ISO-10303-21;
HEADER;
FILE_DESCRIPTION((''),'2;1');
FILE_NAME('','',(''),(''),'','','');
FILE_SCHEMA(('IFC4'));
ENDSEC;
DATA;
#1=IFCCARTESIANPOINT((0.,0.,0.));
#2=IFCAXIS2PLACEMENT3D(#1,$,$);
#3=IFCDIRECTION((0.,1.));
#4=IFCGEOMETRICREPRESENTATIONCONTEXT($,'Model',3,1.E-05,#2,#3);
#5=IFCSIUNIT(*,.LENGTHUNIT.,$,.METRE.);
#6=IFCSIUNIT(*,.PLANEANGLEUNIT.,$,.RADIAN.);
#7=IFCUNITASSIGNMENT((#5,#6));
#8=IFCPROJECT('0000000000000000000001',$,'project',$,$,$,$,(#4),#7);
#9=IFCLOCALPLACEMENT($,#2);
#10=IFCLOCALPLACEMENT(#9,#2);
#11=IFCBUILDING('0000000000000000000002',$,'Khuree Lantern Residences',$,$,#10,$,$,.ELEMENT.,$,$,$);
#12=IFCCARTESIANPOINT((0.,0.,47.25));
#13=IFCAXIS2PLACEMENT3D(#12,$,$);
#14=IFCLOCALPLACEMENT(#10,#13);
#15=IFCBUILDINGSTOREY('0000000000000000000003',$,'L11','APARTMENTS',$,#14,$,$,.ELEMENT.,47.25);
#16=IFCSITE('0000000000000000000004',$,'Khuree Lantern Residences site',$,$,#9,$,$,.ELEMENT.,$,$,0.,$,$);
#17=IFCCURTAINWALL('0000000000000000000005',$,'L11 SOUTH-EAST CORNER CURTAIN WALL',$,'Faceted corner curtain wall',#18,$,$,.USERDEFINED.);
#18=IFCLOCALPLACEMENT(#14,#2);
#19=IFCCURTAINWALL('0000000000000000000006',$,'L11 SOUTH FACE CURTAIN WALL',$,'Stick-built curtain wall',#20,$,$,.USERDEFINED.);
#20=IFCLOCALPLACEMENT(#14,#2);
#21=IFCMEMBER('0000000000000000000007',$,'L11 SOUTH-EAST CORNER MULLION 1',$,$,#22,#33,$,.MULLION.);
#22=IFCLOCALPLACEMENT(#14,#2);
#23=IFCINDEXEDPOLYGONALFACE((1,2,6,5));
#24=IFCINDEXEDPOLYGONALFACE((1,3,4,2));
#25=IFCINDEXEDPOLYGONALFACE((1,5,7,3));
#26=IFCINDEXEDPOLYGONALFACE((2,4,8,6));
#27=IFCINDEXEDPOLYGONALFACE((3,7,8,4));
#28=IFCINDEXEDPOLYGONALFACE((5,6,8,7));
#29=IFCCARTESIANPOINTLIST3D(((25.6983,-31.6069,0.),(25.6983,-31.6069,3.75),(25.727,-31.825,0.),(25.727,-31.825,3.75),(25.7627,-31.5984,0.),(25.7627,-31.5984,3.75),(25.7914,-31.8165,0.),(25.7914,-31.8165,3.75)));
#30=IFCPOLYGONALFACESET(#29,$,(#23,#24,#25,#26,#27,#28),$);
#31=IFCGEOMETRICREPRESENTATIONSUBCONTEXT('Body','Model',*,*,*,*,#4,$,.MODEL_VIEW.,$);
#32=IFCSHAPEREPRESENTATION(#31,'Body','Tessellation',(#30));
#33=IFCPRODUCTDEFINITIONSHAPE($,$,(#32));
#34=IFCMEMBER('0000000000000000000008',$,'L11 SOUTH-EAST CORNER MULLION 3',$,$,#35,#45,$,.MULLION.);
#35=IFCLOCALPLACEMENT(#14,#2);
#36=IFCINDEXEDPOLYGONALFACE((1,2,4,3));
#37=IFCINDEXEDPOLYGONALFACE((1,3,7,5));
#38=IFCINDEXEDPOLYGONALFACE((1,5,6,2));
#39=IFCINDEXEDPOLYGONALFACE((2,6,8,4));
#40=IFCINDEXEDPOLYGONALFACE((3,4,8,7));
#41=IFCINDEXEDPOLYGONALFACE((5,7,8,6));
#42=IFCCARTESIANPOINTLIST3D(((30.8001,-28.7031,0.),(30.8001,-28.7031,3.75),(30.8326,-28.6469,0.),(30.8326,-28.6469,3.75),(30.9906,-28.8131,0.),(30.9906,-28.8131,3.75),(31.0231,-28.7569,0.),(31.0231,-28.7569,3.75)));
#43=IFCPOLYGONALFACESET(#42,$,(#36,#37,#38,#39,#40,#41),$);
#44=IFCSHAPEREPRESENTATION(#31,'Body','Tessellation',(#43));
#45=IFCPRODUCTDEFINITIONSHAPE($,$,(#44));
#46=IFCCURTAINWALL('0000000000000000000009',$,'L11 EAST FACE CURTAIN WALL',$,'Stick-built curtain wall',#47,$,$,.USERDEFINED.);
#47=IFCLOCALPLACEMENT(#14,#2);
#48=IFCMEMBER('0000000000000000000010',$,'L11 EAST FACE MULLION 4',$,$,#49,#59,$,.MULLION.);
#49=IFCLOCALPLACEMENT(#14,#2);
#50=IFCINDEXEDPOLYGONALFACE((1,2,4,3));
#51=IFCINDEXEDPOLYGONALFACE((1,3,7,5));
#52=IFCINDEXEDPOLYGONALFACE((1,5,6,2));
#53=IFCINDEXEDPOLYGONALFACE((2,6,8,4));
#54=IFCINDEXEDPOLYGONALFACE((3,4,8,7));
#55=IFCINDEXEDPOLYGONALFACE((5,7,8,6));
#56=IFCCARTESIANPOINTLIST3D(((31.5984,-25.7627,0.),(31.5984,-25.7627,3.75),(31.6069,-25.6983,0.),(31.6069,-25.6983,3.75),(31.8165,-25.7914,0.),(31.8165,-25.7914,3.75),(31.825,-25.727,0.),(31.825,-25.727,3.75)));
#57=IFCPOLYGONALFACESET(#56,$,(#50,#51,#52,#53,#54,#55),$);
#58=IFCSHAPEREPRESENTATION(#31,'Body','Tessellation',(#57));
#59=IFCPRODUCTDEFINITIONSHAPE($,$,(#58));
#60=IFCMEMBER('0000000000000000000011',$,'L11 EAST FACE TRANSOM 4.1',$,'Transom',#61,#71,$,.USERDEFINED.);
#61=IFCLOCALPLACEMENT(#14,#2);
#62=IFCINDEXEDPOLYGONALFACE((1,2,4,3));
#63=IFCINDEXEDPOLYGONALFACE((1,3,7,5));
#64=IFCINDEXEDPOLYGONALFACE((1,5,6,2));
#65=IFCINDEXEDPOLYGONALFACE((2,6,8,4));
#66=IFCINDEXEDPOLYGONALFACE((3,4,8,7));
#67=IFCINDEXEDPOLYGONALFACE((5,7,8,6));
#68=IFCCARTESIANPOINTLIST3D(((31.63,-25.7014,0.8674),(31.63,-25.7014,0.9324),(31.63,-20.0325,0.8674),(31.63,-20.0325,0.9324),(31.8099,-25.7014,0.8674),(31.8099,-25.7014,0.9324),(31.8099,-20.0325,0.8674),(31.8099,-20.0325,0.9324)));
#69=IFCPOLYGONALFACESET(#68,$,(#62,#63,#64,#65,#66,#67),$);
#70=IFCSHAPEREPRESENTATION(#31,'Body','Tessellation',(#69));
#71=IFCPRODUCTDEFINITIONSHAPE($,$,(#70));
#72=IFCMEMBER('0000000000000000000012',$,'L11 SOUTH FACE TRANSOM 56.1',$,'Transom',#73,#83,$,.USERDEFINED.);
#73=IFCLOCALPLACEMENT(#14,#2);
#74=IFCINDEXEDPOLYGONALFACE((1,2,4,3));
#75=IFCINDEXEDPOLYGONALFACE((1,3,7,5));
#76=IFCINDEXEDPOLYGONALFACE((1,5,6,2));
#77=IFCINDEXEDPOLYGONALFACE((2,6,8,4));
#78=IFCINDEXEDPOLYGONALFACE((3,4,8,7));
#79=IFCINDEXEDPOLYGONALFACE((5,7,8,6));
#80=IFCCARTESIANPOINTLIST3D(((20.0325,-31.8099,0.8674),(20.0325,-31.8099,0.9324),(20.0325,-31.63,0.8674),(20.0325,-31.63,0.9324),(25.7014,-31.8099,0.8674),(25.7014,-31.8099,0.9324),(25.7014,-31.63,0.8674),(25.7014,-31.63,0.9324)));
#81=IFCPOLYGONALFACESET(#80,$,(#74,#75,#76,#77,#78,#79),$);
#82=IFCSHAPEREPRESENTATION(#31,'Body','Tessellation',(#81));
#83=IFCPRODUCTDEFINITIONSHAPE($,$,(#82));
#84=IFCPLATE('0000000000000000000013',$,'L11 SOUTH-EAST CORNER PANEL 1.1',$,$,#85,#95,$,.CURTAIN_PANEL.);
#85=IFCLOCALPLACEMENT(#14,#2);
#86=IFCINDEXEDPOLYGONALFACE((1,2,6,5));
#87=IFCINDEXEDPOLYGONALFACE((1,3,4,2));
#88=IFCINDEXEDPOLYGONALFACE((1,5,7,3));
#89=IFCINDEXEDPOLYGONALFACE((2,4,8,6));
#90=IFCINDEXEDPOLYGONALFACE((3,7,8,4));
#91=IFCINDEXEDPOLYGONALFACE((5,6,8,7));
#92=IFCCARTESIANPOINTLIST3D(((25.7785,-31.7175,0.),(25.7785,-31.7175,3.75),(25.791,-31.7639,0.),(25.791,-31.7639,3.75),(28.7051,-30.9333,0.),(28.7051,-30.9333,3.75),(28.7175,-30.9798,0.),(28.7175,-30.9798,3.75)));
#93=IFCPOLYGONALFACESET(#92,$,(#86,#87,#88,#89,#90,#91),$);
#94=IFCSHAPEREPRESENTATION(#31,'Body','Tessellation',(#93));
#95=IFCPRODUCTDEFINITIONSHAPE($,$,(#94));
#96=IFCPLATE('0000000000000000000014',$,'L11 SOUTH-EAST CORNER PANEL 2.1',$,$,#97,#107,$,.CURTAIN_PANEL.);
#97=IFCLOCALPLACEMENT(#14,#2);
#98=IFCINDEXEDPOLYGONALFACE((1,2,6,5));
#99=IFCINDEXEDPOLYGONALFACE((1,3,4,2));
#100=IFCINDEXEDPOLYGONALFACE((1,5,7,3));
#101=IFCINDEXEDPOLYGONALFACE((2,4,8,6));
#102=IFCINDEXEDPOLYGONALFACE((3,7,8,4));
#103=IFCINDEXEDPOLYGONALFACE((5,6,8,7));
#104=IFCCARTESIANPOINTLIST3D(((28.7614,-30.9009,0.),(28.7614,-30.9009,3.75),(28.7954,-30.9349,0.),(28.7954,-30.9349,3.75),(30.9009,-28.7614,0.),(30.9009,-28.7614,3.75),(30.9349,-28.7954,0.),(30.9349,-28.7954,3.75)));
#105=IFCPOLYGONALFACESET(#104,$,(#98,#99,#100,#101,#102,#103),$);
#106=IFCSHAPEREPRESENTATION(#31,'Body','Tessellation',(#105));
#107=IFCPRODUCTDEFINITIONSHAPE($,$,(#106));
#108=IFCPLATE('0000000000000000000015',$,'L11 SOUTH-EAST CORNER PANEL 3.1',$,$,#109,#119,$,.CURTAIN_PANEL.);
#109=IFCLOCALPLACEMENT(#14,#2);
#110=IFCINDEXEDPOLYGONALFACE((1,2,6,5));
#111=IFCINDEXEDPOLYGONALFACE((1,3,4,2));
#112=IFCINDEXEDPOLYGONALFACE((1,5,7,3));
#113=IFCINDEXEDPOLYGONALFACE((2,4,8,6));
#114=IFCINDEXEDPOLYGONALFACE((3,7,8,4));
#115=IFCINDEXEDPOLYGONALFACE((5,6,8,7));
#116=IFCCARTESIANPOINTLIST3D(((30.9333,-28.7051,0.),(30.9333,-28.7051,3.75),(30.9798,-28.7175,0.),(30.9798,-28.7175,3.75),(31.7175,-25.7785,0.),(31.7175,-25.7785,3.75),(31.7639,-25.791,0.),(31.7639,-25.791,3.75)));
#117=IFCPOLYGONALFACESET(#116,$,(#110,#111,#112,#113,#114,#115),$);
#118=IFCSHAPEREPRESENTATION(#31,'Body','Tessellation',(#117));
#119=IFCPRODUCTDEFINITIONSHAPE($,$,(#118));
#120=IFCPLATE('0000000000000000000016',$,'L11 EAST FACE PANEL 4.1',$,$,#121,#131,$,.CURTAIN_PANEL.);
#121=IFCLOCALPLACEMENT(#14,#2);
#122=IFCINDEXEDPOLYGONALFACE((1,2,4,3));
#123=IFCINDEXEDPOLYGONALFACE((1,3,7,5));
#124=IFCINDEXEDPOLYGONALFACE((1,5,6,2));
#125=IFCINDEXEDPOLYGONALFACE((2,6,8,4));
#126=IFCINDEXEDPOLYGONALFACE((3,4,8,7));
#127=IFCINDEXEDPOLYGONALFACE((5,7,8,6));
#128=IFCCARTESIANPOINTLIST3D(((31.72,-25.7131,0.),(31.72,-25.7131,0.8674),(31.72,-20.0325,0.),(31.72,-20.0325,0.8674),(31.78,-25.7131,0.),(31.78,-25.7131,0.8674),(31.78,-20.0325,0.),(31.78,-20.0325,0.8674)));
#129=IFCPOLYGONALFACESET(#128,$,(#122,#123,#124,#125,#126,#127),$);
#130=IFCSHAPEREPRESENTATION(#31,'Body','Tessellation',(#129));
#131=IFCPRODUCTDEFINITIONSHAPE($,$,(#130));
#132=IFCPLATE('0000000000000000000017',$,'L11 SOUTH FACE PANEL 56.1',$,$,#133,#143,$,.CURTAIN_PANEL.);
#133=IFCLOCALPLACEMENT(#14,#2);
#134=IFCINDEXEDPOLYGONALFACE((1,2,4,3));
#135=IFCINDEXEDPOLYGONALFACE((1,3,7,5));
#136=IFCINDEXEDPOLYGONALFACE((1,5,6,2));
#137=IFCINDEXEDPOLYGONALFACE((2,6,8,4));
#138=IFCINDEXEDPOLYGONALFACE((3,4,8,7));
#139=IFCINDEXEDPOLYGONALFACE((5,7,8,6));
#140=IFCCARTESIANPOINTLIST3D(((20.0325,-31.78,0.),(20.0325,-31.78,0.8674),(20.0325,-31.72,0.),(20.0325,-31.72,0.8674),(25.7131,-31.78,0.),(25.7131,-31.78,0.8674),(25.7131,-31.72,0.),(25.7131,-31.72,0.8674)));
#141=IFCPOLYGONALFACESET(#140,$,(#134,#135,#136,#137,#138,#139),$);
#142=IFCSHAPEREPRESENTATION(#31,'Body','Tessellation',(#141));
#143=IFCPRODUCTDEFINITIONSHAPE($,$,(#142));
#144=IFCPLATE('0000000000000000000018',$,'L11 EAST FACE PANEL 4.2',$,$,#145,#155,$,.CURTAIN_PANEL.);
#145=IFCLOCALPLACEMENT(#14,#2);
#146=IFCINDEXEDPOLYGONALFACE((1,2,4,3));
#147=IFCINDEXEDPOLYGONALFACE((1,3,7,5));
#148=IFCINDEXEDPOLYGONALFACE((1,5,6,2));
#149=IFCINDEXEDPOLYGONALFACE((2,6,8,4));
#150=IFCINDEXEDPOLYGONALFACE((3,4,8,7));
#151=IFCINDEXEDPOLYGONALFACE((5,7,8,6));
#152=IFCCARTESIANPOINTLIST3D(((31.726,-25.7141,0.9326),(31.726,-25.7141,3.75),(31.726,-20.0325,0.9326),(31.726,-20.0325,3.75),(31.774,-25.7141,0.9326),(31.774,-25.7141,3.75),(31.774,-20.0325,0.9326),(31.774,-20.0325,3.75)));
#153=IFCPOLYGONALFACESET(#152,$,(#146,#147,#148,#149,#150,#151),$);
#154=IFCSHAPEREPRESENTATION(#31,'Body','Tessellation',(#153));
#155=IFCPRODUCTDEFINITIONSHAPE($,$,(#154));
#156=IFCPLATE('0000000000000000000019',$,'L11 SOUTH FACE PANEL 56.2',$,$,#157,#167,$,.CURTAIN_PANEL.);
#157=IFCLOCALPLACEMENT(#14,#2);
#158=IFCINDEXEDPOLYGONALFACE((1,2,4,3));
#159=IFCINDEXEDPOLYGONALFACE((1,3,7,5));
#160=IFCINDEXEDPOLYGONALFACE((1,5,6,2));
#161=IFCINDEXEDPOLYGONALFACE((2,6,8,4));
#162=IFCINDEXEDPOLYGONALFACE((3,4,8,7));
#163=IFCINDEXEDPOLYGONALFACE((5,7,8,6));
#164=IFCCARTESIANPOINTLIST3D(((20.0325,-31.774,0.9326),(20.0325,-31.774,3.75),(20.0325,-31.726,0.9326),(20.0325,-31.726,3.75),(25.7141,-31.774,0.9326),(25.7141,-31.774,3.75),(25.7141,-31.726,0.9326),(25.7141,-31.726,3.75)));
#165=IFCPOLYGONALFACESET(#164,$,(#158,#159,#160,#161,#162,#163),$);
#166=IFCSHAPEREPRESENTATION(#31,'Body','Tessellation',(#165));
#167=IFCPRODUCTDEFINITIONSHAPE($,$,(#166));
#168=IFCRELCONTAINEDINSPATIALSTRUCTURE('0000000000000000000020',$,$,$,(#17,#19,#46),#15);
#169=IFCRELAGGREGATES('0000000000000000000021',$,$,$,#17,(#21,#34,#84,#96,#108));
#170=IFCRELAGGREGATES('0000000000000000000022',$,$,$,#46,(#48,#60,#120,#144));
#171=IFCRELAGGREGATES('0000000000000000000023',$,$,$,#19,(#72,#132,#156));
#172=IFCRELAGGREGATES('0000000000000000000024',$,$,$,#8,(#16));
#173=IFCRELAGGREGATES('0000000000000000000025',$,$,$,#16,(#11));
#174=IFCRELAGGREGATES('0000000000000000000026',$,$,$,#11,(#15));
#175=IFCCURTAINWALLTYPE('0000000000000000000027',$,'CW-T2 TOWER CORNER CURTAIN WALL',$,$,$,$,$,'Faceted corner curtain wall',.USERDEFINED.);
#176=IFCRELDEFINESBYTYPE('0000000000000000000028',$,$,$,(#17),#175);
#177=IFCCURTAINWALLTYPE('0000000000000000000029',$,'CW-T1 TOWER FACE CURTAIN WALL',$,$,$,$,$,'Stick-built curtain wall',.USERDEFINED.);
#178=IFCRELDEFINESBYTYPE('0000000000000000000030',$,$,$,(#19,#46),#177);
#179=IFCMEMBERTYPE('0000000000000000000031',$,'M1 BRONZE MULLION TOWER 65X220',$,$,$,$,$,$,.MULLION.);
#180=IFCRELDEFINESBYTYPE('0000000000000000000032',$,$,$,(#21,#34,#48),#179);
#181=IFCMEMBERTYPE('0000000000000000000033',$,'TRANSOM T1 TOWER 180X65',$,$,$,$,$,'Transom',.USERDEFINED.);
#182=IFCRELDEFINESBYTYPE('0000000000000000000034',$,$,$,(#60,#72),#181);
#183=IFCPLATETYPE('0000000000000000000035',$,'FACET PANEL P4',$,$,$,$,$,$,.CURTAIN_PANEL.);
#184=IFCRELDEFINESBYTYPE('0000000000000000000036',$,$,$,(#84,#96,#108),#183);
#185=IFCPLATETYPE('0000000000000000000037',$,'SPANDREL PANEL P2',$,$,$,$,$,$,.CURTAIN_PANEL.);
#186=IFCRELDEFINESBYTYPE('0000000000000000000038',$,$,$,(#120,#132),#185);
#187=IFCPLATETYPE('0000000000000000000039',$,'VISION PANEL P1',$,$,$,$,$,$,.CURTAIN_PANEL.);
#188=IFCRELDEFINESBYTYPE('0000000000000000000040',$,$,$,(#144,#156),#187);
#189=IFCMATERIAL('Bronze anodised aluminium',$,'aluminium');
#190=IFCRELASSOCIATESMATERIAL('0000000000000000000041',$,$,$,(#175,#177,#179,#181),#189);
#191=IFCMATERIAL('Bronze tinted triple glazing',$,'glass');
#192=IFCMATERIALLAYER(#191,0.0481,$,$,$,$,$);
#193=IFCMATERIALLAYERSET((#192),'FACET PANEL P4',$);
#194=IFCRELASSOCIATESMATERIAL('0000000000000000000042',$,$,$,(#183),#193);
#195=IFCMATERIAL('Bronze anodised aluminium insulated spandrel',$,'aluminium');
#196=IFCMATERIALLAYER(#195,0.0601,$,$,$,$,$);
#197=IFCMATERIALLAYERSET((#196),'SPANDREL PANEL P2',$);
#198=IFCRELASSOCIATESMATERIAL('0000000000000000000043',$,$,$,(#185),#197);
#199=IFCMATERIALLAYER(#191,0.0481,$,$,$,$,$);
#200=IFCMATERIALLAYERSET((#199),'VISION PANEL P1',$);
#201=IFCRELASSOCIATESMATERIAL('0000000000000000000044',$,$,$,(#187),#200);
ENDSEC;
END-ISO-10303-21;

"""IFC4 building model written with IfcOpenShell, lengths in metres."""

from ifc_helpers import new_model, si_unit, direction, frame, origin, origin_2d, place, context, subcontext, project, spatial, rectangle, extrude, material, layer, layer_set, material_profile, profile_set, type_object, element, aggregate, save


model = new_model("IFC4")

# Units and contexts
model_context = context("Model", 3, precision=1e-05, world=origin(), true_north=direction((0.0, 1.0)))
body_context = subcontext(model_context, "Body", "Model", "MODEL_VIEW")
ifc_project = project(units=[si_unit("LENGTHUNIT", "METRE"), si_unit("PLANEANGLEUNIT", "RADIAN")], contexts=[model_context])

# Site, building, storey
site_placement = place(None, origin())
site = spatial("IfcSite", under=ifc_project, at=site_placement, Name="Khuree Lantern Residences site", CompositionType="ELEMENT", RefElevation=0.0)
building_placement = place(site_placement, origin())
building = spatial("IfcBuilding", under=site, at=building_placement, Name="Khuree Lantern Residences", CompositionType="ELEMENT")
storey_placement = place(building_placement, frame((0.0, 0.0, 47.25)))
storey = spatial("IfcBuildingStorey", under=building, at=storey_placement, Name="L11", Description="APARTMENTS", CompositionType="ELEMENT", Elevation=47.25)

# Curtain walls
ifc_material_1 = material(Name="Bronze anodised aluminium", Category="aluminium")
curtain_wall_type_1 = type_object("IfcCurtainWallType", Name="CW-T2 TOWER CORNER CURTAIN WALL", ElementType="Faceted corner curtain wall", PredefinedType="USERDEFINED", material=ifc_material_1)
curtain_wall_1_placement = place(storey_placement, origin())
curtain_wall_1 = element("IfcCurtainWall", 1, at=curtain_wall_1_placement, inside=storey, type_object=curtain_wall_type_1, Name="L11 SOUTH-EAST CORNER CURTAIN WALL", ObjectType="Faceted corner curtain wall", PredefinedType="USERDEFINED")
curtain_wall_type_2 = type_object("IfcCurtainWallType", Name="CW-T1 TOWER FACE CURTAIN WALL", ElementType="Stick-built curtain wall", PredefinedType="USERDEFINED", material=ifc_material_1)
curtain_wall_2_placement = place(storey_placement, origin())
curtain_wall_2 = element("IfcCurtainWall", 2, at=curtain_wall_2_placement, inside=storey, type_object=curtain_wall_type_2, Name="L11 SOUTH FACE CURTAIN WALL", ObjectType="Stick-built curtain wall", PredefinedType="USERDEFINED")

# Members
ifc_material_profile_1 = material_profile(ifc_material_1, rectangle(XDim=0.0649, YDim=0.22, at=origin_2d()), Name="M1 65X220")
ifc_profile_set_1 = profile_set([ifc_material_profile_1], Name="Bronze anodised aluminium")
member_type_1 = type_object("IfcMemberType", Name="M1 BRONZE MULLION TOWER 65X220", PredefinedType="MULLION", material=ifc_profile_set_1)
member_1_placement = place(storey_placement, frame((25.7449, -31.7117, 0.0), z_axis=(0.0, 0.0, 1.0), x_axis=(0.991445, 0.130526, 0.0)))
member_1 = element("IfcMember", 3, at=member_1_placement, type_object=member_type_1, Name="L11 SOUTH-EAST CORNER MULLION 1", PredefinedType="MULLION", context=body_context, shape_type="SweptSolid", body=[
    extrude(rectangle(XDim=0.0649, YDim=0.22, at=origin_2d()), origin(), (0.0, 0.0, 1.0), 3.75),
])
member_2_placement = place(storey_placement, frame((30.9116, -28.73, 0.0), z_axis=(0.0, 0.0, 1.0), x_axis=(0.5, 0.866025, 0.0)))
member_2 = element("IfcMember", 4, at=member_2_placement, type_object=member_type_1, Name="L11 SOUTH-EAST CORNER MULLION 3", PredefinedType="MULLION", context=body_context, shape_type="SweptSolid", body=[
    extrude(rectangle(XDim=0.0649, YDim=0.22, at=origin_2d()), origin(), (0.0, 0.0, 1.0), 3.75),
])

# Curtain wall, members
curtain_wall_3_placement = place(storey_placement, origin())
curtain_wall_3 = element("IfcCurtainWall", 5, at=curtain_wall_3_placement, inside=storey, type_object=curtain_wall_type_2, Name="L11 EAST FACE CURTAIN WALL", ObjectType="Stick-built curtain wall", PredefinedType="USERDEFINED")
member_3_placement = place(storey_placement, frame((31.7117, -25.7449, 0.0), z_axis=(0.0, 0.0, 1.0), x_axis=(0.130526, 0.991445, 0.0)))
member_3 = element("IfcMember", 6, at=member_3_placement, type_object=member_type_1, Name="L11 EAST FACE MULLION 4", PredefinedType="MULLION", context=body_context, shape_type="SweptSolid", body=[
    extrude(rectangle(XDim=0.0649, YDim=0.22, at=origin_2d()), origin(), (0.0, 0.0, 1.0), 3.75),
])
ifc_material_profile_2 = material_profile(ifc_material_1, rectangle(XDim=0.1799, YDim=0.0649, at=origin_2d()), Name="T1 180X65")
ifc_profile_set_2 = profile_set([ifc_material_profile_2], Name="Bronze anodised aluminium")
member_type_2 = type_object("IfcMemberType", Name="TRANSOM T1 TOWER 180X65", ElementType="Transom", PredefinedType="USERDEFINED", material=ifc_profile_set_2)
member_4_placement = place(storey_placement, frame((31.72, -25.7014, 0.8999), z_axis=(0.0, 1.0, 0.0), x_axis=(-1.0, 0.0, 0.0)))
member_4 = element("IfcMember", 7, at=member_4_placement, type_object=member_type_2, Name="L11 EAST FACE TRANSOM 4.1", ObjectType="Transom", PredefinedType="USERDEFINED", context=body_context, shape_type="SweptSolid", body=[
    extrude(rectangle(XDim=0.1799, YDim=0.0649, at=origin_2d()), origin(), (0.0, 0.0, 1.0), 5.6689),
])

# Member
member_5_placement = place(storey_placement, frame((20.0325, -31.72, 0.8999), z_axis=(1.0, 0.0, 0.0), x_axis=(0.0, 1.0, 0.0)))
member_5 = element("IfcMember", 8, at=member_5_placement, type_object=member_type_2, Name="L11 SOUTH FACE TRANSOM 56.1", ObjectType="Transom", PredefinedType="USERDEFINED", context=body_context, shape_type="SweptSolid", body=[
    extrude(rectangle(XDim=0.1799, YDim=0.0649, at=origin_2d()), origin(), (0.0, 0.0, 1.0), 5.6689),
])

# Plates
ifc_material_2 = material(Name="Bronze tinted triple glazing", Category="glass")
ifc_layer_1 = layer(ifc_material_2, 0.0481)
ifc_layer_set_1 = layer_set([ifc_layer_1], Name="FACET PANEL P4")
plate_type_1 = type_object("IfcPlateType", Name="FACET PANEL P4", PredefinedType="CURTAIN_PANEL", material=ifc_layer_set_1)
plate_1_placement = place(storey_placement, frame((27.248, -31.3486, 0.0), z_axis=(0.0, 0.0, 1.0), x_axis=(0.965926, 0.258819, 0.0)))
plate_1 = element("IfcPlate", 9, at=plate_1_placement, type_object=plate_type_1, Name="L11 SOUTH-EAST CORNER PANEL 1.1", PredefinedType="CURTAIN_PANEL", context=body_context, shape_type="SweptSolid", body=[
    extrude(rectangle(XDim=3.0298, YDim=0.0481, at=origin_2d()), origin(), (0.0, 0.0, 1.0), 3.75),
])
plate_2_placement = place(storey_placement, frame((29.8481, -29.8481, 0.0), z_axis=(0.0, 0.0, 1.0), x_axis=(0.707107, 0.707107, 0.0)))
plate_2 = element("IfcPlate", 10, at=plate_2_placement, type_object=plate_type_1, Name="L11 SOUTH-EAST CORNER PANEL 2.1", PredefinedType="CURTAIN_PANEL", context=body_context, shape_type="SweptSolid", body=[
    extrude(rectangle(XDim=3.0256, YDim=0.0481, at=origin_2d()), origin(), (0.0, 0.0, 1.0), 3.75),
])
plate_3_placement = place(storey_placement, frame((31.3486, -27.248, 0.0), z_axis=(0.0, 0.0, 1.0), x_axis=(0.258819, 0.965926, 0.0)))
plate_3 = element("IfcPlate", 11, at=plate_3_placement, type_object=plate_type_1, Name="L11 SOUTH-EAST CORNER PANEL 3.1", PredefinedType="CURTAIN_PANEL", context=body_context, shape_type="SweptSolid", body=[
    extrude(rectangle(XDim=3.0298, YDim=0.0481, at=origin_2d()), origin(), (0.0, 0.0, 1.0), 3.75),
])
aggregate(curtain_wall_1, [member_1, member_2, plate_1, plate_2, plate_3])
ifc_material_3 = material(Name="Bronze anodised aluminium insulated spandrel", Category="aluminium")
ifc_layer_2 = layer(ifc_material_3, 0.0601)
ifc_layer_set_2 = layer_set([ifc_layer_2], Name="SPANDREL PANEL P2")
plate_type_2 = type_object("IfcPlateType", Name="SPANDREL PANEL P2", PredefinedType="CURTAIN_PANEL", material=ifc_layer_set_2)
plate_4_placement = place(storey_placement, frame((31.75, -22.8728, 0.0), z_axis=(0.0, 0.0, 1.0), x_axis=(0.0, 1.0, 0.0)))
plate_4 = element("IfcPlate", 12, at=plate_4_placement, type_object=plate_type_2, Name="L11 EAST FACE PANEL 4.1", PredefinedType="CURTAIN_PANEL", context=body_context, shape_type="SweptSolid", body=[
    extrude(rectangle(XDim=5.6807, YDim=0.0601, at=origin_2d()), origin(), (0.0, 0.0, 1.0), 0.8674),
])
plate_5_placement = place(storey_placement, frame((22.8728, -31.75, 0.0), z_axis=(0.0, 0.0, 1.0), x_axis=(1.0, 0.0, 0.0)))
plate_5 = element("IfcPlate", 13, at=plate_5_placement, type_object=plate_type_2, Name="L11 SOUTH FACE PANEL 56.1", PredefinedType="CURTAIN_PANEL", context=body_context, shape_type="SweptSolid", body=[
    extrude(rectangle(XDim=5.6807, YDim=0.0601, at=origin_2d()), origin(), (0.0, 0.0, 1.0), 0.8674),
])
ifc_layer_3 = layer(ifc_material_2, 0.0481)
ifc_layer_set_3 = layer_set([ifc_layer_3], Name="VISION PANEL P1")
plate_type_3 = type_object("IfcPlateType", Name="VISION PANEL P1", PredefinedType="CURTAIN_PANEL", material=ifc_layer_set_3)
plate_6_placement = place(storey_placement, frame((31.75, -22.8733, 0.9326), z_axis=(0.0, 0.0, 1.0), x_axis=(0.0, 1.0, 0.0)))
plate_6 = element("IfcPlate", 14, at=plate_6_placement, type_object=plate_type_3, Name="L11 EAST FACE PANEL 4.2", PredefinedType="CURTAIN_PANEL", context=body_context, shape_type="SweptSolid", body=[
    extrude(rectangle(XDim=5.6816, YDim=0.0481, at=origin_2d()), origin(), (0.0, 0.0, 1.0), 2.8174),
])
aggregate(curtain_wall_3, [member_3, member_4, plate_4, plate_6])
plate_7_placement = place(storey_placement, frame((22.8733, -31.75, 0.9326), z_axis=(0.0, 0.0, 1.0), x_axis=(1.0, 0.0, 0.0)))
plate_7 = element("IfcPlate", 15, at=plate_7_placement, type_object=plate_type_3, Name="L11 SOUTH FACE PANEL 56.2", PredefinedType="CURTAIN_PANEL", context=body_context, shape_type="SweptSolid", body=[
    extrude(rectangle(XDim=5.6816, YDim=0.0481, at=origin_2d()), origin(), (0.0, 0.0, 1.0), 2.8174),
])
aggregate(curtain_wall_2, [member_5, plate_5, plate_7])

save(model, "model.ifc")
